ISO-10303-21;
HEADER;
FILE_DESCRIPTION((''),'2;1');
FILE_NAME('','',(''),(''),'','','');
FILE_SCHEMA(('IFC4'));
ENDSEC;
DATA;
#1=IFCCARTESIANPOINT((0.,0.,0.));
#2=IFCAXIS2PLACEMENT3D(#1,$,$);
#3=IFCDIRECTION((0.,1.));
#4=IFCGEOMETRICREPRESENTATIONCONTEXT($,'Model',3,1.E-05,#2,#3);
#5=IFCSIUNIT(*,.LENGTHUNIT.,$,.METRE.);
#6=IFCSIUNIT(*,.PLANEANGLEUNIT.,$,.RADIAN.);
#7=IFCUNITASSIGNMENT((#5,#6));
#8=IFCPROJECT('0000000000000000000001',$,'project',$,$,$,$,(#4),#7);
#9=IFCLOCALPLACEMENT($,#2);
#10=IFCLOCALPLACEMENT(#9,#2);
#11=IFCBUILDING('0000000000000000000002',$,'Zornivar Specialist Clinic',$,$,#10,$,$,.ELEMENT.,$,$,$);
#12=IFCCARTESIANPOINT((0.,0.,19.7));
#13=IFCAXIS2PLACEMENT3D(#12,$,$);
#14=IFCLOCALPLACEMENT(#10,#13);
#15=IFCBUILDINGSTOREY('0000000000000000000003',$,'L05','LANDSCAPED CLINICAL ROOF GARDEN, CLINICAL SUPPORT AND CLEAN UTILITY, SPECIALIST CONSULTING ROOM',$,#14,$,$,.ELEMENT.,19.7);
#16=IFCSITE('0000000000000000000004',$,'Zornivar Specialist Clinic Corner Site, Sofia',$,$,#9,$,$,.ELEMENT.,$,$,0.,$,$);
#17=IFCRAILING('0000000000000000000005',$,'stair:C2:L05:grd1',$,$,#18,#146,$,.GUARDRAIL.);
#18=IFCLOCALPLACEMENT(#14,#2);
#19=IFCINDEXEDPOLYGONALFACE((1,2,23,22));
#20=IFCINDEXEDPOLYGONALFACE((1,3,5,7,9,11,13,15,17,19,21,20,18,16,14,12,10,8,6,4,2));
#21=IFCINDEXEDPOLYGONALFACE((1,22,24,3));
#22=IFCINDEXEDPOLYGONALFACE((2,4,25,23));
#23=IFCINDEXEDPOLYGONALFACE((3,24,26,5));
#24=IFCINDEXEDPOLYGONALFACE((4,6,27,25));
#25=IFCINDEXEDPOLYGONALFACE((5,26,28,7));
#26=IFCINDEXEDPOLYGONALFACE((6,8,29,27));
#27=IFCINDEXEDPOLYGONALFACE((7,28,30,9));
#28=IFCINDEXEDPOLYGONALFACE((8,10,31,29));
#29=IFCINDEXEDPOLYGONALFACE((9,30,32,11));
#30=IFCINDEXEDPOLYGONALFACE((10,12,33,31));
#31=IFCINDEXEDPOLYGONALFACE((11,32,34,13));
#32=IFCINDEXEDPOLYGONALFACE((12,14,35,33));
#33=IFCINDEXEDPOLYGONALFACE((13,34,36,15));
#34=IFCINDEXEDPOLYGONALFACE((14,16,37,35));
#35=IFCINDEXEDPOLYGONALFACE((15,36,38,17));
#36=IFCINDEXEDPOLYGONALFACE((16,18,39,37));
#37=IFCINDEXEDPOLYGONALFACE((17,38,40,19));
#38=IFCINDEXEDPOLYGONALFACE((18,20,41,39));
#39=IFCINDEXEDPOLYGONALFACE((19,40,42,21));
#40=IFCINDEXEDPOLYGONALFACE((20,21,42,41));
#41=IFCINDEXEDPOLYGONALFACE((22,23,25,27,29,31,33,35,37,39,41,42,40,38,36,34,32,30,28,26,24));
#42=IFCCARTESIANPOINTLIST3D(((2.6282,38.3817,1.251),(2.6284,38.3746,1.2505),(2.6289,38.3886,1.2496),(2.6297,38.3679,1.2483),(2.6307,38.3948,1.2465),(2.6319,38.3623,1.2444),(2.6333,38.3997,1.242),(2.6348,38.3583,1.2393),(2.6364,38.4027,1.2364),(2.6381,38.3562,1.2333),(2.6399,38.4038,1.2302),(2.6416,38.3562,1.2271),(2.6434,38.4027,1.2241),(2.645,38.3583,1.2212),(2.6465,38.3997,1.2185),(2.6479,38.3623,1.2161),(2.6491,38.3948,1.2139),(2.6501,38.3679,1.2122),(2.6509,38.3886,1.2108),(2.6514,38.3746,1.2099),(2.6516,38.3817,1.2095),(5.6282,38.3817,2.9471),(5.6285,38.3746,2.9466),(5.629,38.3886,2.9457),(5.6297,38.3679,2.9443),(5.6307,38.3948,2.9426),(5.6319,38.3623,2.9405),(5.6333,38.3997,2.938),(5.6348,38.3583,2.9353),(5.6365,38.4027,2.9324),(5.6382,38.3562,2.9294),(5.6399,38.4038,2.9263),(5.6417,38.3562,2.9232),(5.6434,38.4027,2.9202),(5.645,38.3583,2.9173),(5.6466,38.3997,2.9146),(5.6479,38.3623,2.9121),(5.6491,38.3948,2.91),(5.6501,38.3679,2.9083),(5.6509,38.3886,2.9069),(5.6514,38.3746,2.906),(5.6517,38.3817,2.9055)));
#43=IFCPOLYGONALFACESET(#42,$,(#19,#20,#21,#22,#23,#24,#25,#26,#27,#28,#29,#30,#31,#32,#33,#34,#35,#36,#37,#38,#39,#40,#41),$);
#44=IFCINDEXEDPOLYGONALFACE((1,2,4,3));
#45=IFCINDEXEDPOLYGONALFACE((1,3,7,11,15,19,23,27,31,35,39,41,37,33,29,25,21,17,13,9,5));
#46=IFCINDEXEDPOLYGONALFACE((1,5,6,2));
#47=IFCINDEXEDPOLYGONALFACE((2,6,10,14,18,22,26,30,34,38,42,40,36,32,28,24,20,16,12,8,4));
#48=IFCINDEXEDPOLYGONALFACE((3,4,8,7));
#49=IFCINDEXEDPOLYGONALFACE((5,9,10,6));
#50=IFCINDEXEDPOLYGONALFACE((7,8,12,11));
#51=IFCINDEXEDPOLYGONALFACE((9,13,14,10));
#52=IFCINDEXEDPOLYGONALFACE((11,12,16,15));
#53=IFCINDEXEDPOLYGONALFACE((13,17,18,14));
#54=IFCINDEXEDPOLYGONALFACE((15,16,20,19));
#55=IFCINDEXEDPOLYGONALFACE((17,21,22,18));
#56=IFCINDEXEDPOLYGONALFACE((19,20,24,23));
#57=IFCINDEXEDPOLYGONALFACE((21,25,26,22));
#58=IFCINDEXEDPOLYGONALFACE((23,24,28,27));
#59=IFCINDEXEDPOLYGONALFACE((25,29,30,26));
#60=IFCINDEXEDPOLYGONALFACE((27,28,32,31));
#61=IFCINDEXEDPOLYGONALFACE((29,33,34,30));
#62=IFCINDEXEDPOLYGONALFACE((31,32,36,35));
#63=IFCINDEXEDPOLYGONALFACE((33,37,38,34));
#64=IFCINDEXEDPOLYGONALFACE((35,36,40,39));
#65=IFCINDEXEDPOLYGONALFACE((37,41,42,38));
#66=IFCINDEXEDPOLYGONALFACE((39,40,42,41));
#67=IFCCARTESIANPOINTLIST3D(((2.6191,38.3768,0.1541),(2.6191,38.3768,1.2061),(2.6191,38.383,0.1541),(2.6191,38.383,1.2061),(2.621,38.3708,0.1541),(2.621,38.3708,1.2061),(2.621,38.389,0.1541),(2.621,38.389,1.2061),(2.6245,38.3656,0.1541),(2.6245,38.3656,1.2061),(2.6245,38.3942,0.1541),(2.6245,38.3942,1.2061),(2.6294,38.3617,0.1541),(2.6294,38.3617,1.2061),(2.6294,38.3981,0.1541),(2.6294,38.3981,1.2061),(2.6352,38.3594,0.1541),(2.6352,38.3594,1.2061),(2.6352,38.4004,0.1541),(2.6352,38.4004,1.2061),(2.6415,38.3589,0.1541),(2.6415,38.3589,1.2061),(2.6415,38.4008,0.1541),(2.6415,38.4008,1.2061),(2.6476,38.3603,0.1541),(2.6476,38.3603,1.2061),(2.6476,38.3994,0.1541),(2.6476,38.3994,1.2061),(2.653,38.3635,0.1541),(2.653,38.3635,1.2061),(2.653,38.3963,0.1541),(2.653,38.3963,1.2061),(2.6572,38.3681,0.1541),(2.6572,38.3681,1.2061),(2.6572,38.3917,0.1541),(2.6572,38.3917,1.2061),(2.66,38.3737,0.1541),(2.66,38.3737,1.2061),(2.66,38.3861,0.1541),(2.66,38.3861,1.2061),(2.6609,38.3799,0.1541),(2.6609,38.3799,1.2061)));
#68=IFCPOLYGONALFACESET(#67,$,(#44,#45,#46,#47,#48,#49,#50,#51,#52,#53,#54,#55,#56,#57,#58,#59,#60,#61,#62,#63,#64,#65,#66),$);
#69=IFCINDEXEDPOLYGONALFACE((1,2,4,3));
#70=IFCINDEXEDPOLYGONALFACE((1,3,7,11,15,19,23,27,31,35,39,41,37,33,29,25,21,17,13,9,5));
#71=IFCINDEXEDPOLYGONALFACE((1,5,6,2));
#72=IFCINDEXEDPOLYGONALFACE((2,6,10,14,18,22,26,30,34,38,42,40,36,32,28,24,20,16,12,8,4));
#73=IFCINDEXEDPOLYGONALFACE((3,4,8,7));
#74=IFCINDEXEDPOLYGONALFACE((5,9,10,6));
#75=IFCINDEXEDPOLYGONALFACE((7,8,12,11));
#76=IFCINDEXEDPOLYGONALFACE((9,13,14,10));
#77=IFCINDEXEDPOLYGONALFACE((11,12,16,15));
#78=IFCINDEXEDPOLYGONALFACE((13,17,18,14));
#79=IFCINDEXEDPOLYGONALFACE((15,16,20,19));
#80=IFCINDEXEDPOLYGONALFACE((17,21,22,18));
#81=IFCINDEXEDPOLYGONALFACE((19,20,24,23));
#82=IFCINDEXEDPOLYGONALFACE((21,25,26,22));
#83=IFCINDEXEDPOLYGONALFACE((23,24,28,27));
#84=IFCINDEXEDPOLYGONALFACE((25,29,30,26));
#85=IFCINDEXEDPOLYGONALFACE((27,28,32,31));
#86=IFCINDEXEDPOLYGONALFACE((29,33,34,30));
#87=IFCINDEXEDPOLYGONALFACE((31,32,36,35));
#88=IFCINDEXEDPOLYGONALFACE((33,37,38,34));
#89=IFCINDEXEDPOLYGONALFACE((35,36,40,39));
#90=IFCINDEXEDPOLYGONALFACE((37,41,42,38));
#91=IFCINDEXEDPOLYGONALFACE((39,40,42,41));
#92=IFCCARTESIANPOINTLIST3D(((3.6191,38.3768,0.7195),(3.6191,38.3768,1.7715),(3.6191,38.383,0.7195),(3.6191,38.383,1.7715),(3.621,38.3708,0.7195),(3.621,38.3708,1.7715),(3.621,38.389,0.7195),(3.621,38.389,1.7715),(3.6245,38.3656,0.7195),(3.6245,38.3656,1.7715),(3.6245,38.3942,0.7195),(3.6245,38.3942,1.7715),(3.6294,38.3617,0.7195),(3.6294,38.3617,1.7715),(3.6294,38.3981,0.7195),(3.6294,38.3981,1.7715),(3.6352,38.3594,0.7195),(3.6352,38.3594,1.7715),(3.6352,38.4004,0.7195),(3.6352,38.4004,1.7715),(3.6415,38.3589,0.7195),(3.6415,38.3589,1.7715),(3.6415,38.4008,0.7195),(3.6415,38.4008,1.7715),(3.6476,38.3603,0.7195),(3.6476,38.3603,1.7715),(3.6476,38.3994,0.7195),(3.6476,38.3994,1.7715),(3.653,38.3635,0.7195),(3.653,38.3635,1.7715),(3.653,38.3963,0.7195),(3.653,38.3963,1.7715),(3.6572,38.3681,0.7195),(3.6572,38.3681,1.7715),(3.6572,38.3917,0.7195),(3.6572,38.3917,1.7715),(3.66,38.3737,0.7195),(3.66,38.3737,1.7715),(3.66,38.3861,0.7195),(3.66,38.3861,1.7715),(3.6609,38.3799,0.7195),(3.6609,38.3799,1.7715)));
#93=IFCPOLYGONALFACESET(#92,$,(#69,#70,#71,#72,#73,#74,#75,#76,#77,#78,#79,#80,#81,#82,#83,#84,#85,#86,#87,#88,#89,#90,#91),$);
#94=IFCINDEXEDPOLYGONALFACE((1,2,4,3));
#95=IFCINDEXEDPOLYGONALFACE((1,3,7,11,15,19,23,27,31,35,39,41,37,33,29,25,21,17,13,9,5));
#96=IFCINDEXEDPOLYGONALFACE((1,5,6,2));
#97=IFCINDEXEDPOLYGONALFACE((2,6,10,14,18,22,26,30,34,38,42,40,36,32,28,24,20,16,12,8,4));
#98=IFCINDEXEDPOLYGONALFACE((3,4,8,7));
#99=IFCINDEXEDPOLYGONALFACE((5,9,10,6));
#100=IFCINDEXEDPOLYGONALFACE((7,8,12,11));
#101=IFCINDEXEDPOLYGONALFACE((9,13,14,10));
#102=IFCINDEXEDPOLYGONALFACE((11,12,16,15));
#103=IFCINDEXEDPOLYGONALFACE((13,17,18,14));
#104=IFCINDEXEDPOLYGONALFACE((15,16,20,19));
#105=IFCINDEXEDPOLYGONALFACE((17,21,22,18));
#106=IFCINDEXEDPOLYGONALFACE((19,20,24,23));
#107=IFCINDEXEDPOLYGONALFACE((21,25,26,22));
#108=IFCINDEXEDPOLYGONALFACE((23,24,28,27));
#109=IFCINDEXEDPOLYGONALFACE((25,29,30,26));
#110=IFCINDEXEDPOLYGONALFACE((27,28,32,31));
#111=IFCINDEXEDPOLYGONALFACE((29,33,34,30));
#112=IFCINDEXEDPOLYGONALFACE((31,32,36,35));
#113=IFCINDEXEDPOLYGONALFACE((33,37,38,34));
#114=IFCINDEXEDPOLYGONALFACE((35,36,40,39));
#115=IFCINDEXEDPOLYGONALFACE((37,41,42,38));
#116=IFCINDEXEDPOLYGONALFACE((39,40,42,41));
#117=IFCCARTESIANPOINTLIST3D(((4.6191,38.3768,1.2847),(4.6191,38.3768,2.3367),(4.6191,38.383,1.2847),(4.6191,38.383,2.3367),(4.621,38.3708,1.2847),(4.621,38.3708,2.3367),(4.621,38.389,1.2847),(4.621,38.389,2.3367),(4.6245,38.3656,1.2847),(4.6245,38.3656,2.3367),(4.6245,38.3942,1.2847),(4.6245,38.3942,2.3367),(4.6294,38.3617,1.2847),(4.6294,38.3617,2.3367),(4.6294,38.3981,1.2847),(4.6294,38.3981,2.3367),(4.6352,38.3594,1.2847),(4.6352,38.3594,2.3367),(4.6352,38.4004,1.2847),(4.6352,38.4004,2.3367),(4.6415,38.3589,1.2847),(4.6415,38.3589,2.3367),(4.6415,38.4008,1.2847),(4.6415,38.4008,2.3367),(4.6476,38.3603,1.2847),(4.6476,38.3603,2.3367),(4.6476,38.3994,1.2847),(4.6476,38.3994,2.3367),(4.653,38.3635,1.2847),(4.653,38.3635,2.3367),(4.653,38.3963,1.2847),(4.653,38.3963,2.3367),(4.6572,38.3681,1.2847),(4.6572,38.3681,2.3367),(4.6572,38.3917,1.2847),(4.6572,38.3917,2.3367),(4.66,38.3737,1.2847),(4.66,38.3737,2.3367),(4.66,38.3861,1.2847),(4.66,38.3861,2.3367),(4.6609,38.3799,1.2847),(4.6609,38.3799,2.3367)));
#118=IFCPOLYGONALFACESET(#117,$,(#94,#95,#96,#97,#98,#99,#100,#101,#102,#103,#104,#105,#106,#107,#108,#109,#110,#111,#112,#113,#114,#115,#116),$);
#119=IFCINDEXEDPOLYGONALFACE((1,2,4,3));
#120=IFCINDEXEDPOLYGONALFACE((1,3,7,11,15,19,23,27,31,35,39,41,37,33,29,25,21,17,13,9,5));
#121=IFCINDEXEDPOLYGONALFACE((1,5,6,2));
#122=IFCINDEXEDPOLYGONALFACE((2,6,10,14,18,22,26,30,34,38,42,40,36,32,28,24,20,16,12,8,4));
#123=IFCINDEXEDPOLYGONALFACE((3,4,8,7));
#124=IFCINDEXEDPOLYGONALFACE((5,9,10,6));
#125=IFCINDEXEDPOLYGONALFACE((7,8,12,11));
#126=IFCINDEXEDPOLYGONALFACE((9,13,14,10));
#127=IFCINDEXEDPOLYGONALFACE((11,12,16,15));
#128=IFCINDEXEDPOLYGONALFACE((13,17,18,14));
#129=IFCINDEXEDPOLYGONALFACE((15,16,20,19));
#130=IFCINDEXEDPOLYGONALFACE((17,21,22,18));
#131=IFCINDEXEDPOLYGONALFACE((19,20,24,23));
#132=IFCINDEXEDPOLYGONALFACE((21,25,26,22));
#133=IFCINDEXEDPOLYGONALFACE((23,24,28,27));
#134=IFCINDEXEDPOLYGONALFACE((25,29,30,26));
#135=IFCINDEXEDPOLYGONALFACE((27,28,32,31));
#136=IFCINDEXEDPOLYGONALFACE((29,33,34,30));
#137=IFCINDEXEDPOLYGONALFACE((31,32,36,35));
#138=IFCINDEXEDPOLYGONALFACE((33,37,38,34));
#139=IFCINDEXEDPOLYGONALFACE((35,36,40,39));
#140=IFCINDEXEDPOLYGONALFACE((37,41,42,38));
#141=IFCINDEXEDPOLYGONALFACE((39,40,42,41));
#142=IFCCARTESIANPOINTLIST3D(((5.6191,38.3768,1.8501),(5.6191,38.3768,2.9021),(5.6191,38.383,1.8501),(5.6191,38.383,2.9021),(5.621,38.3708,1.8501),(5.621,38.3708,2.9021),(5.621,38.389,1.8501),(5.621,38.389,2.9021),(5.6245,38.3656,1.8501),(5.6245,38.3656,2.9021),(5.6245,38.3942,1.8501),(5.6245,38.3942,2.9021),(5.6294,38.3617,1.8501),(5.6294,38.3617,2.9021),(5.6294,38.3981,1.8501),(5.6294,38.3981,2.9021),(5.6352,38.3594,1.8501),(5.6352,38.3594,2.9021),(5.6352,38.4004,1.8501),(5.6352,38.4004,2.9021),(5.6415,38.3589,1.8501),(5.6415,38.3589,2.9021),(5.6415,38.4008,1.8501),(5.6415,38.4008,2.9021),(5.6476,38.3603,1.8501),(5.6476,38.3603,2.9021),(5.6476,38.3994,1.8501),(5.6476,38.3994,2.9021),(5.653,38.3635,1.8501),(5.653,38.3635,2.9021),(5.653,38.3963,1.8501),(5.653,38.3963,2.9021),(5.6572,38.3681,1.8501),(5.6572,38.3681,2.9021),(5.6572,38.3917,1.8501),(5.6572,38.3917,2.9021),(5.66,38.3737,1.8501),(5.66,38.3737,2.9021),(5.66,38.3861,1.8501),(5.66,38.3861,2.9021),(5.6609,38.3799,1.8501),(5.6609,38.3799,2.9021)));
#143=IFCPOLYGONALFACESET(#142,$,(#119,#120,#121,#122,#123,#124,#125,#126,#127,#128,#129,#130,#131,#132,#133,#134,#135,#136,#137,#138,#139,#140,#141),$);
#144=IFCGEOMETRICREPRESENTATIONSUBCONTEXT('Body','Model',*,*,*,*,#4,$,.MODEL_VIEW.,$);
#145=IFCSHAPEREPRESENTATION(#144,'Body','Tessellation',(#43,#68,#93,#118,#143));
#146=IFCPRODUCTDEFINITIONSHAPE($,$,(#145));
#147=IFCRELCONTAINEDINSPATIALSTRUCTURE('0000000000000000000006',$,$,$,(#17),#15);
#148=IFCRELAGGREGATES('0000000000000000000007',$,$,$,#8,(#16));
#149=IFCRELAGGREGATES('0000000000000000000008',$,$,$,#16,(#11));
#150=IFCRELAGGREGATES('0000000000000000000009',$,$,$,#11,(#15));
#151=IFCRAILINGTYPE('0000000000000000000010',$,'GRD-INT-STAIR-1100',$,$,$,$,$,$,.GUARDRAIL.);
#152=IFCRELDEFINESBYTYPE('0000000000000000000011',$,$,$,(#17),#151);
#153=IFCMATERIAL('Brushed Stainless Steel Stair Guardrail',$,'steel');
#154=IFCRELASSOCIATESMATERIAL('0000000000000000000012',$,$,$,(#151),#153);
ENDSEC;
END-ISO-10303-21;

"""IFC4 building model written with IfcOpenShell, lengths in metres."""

from ifc_helpers import new_model, si_unit, direction, frame, origin, origin_2d, place, context, subcontext, project, spatial, circle, extrude, material, type_object, element, save


model = new_model("IFC4")

# Units and contexts
model_context = context("Model", 3, precision=1e-05, world=origin(), true_north=direction((0.0, 1.0)))
body_context = subcontext(model_context, "Body", "Model", "MODEL_VIEW")
ifc_project = project(units=[si_unit("LENGTHUNIT", "METRE"), si_unit("PLANEANGLEUNIT", "RADIAN")], contexts=[model_context])

# Site, building, storey
site_placement = place(None, origin())
site = spatial("IfcSite", under=ifc_project, at=site_placement, Name="Zornivar Specialist Clinic Corner Site, Sofia", CompositionType="ELEMENT", RefElevation=0.0)
building_placement = place(site_placement, origin())
building = spatial("IfcBuilding", under=site, at=building_placement, Name="Zornivar Specialist Clinic", CompositionType="ELEMENT")
storey_placement = place(building_placement, frame((0.0, 0.0, 19.7)))
storey = spatial("IfcBuildingStorey", under=building, at=storey_placement, Name="L05", Description="LANDSCAPED CLINICAL ROOF GARDEN, CLINICAL SUPPORT AND CLEAN UTILITY, SPECIALIST CONSULTING ROOM", CompositionType="ELEMENT", Elevation=19.7)

# Railing
ifc_material_1 = material(Name="Brushed Stainless Steel Stair Guardrail", Category="steel")
railing_type_1 = type_object("IfcRailingType", Name="GRD-INT-STAIR-1100", PredefinedType="GUARDRAIL", material=ifc_material_1)
railing_1_placement = place(storey_placement, frame((2.6399, 38.3799, 0.1541)))
element("IfcRailing", 1, at=railing_1_placement, inside=storey, type_object=railing_type_1, Name="stair:C2:L05:grd1", PredefinedType="GUARDRAIL", context=body_context, shape_type="SweptSolid", body=[
    extrude(circle(Radius=0.0239, at=origin_2d()), frame((0.0, 0.0, 1.0762), z_axis=(0.870514, 0.0, 0.492144), x_axis=(0.0, 1.0, 0.0)), (0.0, 0.0, 1.0), 3.4463),
    extrude(circle(Radius=0.021, at=origin_2d()), origin(), (0.0, 0.0, 1.0), 1.052),
    extrude(circle(Radius=0.021, at=origin_2d()), frame((1.0, 0.0, 0.5654)), (0.0, 0.0, 1.0), 1.052),
    extrude(circle(Radius=0.021, at=origin_2d()), frame((2.0, 0.0, 1.1306)), (0.0, 0.0, 1.0), 1.052),
    extrude(circle(Radius=0.021, at=origin_2d()), frame((3.0, 0.0, 1.696)), (0.0, 0.0, 1.0), 1.052),
])

save(model, "model.ifc")
